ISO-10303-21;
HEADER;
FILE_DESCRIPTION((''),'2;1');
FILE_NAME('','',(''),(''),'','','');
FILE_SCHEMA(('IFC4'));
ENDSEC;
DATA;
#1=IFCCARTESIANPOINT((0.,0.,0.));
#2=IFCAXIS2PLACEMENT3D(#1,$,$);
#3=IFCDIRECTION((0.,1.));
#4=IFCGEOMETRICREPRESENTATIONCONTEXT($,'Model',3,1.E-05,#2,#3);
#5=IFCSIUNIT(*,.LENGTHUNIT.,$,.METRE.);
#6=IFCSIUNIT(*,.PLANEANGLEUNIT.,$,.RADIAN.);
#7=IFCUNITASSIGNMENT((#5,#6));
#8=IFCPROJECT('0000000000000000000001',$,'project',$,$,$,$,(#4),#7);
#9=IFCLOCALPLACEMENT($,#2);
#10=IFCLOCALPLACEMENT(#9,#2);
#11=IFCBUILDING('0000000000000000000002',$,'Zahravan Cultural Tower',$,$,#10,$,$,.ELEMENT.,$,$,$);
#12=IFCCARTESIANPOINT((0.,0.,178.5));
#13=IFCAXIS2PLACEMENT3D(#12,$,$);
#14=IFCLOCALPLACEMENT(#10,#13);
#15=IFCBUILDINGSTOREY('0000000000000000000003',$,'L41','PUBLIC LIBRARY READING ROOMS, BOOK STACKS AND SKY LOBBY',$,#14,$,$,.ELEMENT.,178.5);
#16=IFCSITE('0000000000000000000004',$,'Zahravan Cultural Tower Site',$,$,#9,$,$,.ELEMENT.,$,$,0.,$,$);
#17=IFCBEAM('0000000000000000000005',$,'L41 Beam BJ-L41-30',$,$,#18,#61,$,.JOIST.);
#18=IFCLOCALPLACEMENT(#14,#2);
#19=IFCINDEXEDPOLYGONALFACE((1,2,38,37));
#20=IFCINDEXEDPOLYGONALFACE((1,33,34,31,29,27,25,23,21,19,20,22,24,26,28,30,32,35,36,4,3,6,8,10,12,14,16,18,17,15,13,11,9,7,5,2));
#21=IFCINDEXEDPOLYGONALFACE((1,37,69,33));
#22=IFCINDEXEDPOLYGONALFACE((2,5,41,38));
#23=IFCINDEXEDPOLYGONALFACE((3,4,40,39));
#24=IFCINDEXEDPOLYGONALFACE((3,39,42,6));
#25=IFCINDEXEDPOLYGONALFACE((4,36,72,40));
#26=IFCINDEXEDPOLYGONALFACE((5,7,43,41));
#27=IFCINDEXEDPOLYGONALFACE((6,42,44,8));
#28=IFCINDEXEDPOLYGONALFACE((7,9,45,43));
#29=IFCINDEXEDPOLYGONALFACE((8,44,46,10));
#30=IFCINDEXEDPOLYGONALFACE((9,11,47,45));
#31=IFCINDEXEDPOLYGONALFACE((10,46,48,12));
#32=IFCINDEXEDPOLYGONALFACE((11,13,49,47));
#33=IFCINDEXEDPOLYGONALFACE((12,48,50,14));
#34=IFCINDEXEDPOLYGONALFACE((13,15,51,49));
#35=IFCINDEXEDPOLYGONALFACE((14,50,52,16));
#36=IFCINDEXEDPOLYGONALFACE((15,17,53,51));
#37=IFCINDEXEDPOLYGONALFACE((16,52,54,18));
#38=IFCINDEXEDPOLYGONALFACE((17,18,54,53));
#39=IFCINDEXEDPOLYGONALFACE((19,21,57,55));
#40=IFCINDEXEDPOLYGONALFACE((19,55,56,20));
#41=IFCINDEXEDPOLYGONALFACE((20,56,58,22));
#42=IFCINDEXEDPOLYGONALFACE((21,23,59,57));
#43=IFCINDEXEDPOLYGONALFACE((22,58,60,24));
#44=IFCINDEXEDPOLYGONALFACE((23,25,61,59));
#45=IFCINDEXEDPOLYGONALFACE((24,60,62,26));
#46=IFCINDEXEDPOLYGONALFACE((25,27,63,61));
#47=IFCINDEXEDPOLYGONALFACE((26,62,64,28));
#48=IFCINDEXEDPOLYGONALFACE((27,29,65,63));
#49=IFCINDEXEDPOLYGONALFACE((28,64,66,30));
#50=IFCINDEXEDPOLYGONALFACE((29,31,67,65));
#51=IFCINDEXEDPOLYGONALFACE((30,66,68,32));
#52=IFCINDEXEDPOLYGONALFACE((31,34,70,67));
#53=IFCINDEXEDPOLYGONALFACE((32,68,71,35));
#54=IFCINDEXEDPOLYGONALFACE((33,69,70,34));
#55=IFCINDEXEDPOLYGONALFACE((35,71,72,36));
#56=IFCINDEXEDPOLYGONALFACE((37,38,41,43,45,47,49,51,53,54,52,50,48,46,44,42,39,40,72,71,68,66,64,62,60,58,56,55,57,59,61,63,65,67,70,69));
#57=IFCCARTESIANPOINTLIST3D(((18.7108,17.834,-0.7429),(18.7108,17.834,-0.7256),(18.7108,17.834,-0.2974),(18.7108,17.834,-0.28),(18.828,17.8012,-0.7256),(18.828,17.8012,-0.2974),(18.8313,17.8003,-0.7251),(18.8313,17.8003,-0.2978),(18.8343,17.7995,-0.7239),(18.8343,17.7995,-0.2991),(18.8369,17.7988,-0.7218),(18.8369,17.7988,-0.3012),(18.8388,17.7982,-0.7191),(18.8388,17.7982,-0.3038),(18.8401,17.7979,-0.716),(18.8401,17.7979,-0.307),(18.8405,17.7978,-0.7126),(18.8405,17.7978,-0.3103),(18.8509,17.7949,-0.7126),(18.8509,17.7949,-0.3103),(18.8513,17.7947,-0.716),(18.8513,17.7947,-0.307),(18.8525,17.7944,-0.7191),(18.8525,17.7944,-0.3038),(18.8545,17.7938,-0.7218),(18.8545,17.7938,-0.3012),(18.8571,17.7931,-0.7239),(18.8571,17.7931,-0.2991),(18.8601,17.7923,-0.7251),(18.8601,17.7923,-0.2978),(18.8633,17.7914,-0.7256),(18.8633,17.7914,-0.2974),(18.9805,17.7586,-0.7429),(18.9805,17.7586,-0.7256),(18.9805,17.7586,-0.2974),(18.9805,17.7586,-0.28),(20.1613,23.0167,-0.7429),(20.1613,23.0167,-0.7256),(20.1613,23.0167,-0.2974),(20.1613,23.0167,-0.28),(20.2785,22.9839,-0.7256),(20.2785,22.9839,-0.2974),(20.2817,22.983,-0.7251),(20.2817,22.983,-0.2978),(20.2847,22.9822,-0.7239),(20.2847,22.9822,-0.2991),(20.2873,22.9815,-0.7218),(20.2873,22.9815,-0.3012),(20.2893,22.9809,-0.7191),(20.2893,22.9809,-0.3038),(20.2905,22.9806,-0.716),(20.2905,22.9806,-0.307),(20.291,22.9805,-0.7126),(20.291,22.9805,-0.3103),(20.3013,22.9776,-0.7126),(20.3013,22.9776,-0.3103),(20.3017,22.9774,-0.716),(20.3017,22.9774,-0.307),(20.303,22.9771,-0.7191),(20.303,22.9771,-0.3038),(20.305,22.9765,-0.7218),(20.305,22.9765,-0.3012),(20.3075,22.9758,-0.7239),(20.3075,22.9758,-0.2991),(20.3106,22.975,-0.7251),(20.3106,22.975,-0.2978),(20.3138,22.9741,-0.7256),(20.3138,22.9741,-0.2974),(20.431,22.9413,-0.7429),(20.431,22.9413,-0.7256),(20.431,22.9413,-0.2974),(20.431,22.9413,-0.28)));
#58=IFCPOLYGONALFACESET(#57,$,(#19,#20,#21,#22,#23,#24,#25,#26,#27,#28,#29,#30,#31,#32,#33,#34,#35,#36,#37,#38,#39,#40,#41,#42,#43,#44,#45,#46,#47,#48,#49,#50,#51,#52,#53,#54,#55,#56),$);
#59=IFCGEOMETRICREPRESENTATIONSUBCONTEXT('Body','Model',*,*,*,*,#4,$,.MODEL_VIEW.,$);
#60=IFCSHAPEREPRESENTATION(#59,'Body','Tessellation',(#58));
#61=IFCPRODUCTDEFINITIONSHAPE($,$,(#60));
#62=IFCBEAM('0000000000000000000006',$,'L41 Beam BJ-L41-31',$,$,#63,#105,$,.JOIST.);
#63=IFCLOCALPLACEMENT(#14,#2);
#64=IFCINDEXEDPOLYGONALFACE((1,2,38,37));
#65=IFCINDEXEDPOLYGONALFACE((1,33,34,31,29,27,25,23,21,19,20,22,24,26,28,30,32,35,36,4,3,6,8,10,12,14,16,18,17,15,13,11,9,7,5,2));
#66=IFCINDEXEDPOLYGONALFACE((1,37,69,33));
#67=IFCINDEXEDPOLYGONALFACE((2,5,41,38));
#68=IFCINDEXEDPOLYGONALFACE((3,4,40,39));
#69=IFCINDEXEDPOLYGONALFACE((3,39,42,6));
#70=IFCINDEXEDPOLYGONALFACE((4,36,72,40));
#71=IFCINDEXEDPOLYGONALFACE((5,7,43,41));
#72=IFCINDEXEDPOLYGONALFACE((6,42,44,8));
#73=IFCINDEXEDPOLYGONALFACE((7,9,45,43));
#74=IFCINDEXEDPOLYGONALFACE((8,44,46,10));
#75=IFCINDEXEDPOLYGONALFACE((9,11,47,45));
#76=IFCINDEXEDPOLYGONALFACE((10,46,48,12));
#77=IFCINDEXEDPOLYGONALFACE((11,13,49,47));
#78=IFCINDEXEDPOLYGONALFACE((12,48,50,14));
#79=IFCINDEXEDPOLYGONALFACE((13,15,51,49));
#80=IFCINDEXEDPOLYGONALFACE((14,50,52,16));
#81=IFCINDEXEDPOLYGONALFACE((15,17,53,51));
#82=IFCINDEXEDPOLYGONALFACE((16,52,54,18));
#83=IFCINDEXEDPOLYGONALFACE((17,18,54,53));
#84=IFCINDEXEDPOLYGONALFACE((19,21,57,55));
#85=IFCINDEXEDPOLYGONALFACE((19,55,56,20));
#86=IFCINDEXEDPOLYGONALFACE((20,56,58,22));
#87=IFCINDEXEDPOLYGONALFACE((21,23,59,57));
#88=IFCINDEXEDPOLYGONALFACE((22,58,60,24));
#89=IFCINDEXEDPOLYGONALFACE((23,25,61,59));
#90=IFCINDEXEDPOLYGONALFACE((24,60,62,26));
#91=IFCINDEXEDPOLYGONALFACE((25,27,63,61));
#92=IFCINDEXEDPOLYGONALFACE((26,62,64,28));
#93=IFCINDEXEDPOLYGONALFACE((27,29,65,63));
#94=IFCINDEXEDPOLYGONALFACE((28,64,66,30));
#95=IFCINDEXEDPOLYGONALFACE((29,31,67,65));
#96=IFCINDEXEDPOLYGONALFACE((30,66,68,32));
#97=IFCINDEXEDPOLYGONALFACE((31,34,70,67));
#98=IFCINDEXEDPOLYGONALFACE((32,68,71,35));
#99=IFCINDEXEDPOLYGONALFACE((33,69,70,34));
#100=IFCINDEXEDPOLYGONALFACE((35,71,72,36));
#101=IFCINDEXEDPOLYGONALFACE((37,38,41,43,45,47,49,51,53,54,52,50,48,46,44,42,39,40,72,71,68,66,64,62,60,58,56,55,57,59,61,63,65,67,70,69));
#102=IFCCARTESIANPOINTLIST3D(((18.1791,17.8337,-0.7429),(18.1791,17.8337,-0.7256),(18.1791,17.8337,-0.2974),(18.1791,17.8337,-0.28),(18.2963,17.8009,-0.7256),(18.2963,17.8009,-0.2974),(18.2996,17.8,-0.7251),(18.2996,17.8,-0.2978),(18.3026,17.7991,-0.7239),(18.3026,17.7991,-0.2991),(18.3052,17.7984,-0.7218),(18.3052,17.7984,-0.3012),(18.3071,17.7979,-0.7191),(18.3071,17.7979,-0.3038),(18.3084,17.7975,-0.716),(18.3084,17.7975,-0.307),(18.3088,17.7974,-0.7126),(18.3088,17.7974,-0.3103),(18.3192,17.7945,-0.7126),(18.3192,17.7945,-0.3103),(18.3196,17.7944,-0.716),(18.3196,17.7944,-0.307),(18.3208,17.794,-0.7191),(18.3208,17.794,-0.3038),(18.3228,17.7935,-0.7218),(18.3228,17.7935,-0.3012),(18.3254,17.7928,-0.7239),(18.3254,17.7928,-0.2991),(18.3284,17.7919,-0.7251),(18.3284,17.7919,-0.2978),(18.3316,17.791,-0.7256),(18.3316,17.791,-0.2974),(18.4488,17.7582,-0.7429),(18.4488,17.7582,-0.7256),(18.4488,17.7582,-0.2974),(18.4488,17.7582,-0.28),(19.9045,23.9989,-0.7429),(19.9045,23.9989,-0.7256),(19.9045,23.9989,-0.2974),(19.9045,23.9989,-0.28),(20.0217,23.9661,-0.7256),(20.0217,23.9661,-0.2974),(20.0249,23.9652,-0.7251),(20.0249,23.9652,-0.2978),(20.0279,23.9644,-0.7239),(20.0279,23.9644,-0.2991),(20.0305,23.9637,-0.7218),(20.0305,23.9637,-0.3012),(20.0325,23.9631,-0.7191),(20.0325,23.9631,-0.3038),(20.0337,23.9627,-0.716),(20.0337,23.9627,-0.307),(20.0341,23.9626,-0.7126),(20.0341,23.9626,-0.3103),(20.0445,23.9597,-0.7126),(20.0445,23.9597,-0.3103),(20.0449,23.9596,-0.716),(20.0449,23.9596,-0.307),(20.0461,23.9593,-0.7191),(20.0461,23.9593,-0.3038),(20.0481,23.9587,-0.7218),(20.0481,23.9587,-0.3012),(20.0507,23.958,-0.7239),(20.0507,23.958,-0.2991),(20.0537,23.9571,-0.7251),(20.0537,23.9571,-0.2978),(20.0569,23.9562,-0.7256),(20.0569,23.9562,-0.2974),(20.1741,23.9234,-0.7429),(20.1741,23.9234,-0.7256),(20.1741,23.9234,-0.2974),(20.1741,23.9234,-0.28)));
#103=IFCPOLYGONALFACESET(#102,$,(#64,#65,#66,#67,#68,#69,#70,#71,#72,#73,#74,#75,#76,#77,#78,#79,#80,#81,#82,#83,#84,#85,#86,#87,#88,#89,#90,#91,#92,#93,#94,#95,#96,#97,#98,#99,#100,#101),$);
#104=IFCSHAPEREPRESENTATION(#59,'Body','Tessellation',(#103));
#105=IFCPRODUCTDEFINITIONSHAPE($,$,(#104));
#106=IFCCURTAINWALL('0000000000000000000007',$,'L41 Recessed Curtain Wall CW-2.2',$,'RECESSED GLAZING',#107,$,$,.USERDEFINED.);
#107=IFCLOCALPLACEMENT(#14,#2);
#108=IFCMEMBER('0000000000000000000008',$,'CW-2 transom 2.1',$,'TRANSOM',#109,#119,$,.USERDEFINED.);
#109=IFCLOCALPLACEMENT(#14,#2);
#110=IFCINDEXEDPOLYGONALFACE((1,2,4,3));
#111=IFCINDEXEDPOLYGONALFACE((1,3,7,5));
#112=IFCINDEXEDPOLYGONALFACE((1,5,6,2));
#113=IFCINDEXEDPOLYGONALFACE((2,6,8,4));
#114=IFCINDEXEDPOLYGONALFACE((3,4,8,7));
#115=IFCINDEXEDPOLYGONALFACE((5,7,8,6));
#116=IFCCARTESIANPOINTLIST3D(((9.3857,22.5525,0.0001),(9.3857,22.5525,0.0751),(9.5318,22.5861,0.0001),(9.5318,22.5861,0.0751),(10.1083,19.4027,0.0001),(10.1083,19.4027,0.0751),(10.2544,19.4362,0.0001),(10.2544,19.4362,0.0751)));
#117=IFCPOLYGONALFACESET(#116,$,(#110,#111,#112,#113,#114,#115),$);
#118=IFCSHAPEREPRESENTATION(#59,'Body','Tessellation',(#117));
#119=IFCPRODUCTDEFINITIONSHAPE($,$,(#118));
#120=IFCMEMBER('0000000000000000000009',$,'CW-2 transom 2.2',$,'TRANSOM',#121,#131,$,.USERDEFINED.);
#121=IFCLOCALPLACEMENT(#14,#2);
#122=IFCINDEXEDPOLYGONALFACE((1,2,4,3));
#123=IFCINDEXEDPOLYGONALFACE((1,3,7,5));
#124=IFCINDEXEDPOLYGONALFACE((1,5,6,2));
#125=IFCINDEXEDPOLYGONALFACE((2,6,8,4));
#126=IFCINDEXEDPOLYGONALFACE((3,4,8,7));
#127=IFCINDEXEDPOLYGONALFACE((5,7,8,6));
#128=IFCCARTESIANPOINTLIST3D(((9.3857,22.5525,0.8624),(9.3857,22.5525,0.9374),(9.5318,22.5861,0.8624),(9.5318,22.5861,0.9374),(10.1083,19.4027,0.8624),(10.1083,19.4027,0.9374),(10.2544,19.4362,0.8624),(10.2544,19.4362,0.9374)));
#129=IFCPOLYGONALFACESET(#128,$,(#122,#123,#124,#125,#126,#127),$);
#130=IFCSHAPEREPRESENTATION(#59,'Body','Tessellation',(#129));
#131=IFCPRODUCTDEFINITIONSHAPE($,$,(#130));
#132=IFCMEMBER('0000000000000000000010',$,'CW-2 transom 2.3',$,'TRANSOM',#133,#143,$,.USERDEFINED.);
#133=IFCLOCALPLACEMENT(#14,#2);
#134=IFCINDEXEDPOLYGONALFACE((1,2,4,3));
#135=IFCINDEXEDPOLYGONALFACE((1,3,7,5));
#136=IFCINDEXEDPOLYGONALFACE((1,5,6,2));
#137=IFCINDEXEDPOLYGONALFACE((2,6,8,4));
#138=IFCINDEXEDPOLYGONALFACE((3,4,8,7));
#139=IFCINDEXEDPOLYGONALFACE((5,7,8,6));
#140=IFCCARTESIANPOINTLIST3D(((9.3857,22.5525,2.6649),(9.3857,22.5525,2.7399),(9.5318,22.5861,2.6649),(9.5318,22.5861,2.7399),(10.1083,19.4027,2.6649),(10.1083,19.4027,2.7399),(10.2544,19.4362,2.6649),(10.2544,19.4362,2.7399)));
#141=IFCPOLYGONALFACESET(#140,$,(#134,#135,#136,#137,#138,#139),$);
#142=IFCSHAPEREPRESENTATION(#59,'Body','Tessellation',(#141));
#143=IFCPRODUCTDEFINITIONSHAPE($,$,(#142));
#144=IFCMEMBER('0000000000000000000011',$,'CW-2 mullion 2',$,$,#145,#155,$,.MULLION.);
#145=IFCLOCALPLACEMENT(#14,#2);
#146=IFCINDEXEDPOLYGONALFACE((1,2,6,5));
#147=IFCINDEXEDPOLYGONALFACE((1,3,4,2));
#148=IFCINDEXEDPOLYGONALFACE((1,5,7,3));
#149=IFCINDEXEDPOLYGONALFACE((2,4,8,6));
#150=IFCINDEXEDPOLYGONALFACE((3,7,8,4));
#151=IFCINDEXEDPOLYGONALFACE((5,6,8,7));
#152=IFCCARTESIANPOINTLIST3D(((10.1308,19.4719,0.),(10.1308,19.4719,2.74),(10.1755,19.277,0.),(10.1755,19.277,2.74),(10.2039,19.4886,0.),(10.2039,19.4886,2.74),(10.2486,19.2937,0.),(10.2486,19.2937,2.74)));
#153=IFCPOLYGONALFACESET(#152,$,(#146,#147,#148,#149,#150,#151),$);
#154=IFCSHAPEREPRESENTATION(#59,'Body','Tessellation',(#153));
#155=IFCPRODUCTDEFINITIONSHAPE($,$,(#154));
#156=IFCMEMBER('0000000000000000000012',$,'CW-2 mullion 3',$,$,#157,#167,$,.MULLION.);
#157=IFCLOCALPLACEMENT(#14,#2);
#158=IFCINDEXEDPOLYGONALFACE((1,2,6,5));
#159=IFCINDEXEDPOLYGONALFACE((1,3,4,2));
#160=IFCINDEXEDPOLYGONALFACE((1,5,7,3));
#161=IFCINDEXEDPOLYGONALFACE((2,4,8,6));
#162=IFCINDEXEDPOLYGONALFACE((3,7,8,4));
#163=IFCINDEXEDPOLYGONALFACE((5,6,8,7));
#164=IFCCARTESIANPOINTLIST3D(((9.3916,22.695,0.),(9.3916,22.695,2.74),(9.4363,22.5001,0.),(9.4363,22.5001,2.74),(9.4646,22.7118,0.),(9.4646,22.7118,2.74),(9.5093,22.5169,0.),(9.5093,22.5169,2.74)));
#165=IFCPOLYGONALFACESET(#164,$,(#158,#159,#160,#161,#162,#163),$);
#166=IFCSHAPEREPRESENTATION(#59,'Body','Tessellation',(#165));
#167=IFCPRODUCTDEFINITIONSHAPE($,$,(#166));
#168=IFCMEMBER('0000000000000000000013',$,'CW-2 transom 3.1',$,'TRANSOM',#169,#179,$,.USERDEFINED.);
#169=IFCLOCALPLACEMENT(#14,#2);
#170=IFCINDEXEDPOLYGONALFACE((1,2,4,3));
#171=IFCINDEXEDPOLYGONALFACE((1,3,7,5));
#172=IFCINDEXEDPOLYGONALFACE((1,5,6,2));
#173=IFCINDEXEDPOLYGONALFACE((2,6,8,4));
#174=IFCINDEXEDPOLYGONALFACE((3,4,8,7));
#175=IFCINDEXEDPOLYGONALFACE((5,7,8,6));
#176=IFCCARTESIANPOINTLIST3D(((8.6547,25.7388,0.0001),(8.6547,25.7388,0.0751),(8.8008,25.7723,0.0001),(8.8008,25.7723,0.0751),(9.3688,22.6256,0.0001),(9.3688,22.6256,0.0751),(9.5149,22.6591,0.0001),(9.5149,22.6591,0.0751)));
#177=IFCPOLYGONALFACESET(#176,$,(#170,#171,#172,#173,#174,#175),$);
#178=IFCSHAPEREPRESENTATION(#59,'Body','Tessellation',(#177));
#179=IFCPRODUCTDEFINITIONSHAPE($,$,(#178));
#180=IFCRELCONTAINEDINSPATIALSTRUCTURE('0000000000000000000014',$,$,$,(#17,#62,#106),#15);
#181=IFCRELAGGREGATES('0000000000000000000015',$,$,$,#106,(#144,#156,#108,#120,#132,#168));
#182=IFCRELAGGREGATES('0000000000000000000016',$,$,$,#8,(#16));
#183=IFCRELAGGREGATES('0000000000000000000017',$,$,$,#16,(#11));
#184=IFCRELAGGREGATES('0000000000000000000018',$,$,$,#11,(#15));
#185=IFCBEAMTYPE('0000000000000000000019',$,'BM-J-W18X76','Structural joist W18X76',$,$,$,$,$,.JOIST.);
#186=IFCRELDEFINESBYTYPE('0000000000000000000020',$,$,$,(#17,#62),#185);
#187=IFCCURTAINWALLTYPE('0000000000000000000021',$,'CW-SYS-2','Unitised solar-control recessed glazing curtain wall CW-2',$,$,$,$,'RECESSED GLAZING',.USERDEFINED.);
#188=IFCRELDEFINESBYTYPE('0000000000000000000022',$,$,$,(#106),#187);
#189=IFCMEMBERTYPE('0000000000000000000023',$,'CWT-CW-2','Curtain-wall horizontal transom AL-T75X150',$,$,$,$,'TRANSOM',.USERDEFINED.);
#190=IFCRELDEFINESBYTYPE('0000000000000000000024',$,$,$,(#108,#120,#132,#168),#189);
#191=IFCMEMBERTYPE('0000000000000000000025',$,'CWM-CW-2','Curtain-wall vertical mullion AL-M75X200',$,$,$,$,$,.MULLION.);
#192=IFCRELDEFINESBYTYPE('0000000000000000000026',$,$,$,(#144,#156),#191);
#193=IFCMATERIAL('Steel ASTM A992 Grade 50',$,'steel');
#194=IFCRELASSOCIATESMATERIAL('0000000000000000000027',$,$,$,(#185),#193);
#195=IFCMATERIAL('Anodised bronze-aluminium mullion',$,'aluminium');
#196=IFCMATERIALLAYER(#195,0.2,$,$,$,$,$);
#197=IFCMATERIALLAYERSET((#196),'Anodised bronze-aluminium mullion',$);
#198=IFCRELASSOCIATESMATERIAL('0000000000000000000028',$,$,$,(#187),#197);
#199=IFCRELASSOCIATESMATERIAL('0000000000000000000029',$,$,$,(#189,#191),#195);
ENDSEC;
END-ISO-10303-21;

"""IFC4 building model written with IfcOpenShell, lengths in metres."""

from ifc_helpers import new_model, si_unit, direction, frame, origin, origin_2d, place, context, subcontext, project, spatial, rectangle, i_section, extrude, source, transform, mapped, material, layer, layer_set, material_profile, profile_set, type_object, element, aggregate, save


model = new_model("IFC4")

# Units and contexts
model_context = context("Model", 3, precision=1e-05, world=origin(), true_north=direction((0.0, 1.0)))
body_context = subcontext(model_context, "Body", "Model", "MODEL_VIEW")
ifc_project = project(units=[si_unit("LENGTHUNIT", "METRE"), si_unit("PLANEANGLEUNIT", "RADIAN")], contexts=[model_context])

# Site, building, storey
site_placement = place(None, origin())
site = spatial("IfcSite", under=ifc_project, at=site_placement, Name="Zahravan Cultural Tower Site", CompositionType="ELEMENT", RefElevation=0.0)
building_placement = place(site_placement, origin())
building = spatial("IfcBuilding", under=site, at=building_placement, Name="Zahravan Cultural Tower", CompositionType="ELEMENT")
storey_placement = place(building_placement, frame((0.0, 0.0, 178.5)))
storey = spatial("IfcBuildingStorey", under=building, at=storey_placement, Name="L41", Description="PUBLIC LIBRARY READING ROOMS, BOOK STACKS AND SKY LOBBY", CompositionType="ELEMENT", Elevation=178.5)

# Shared definitions
ifc_material_1 = material(Name="Steel ASTM A992 Grade 50", Category="steel")

# Beams
ifc_material_profile_1 = material_profile(ifc_material_1, i_section(OverallWidth=0.28, OverallDepth=0.4629, WebThickness=0.0107, FlangeThickness=0.0173, FilletRadius=0.0129, at=origin_2d()), Name="W18X76")
ifc_profile_set_1 = profile_set([ifc_material_profile_1], Name="Steel ASTM A992 Grade 50")
beam_type_1 = type_object("IfcBeamType", Name="BM-J-W18X76", Description="Structural joist W18X76", PredefinedType="JOIST", material=ifc_profile_set_1)
shared_shape_1 = source(origin(), body_context, "Body", "SweptSolid", [
    extrude(i_section(OverallWidth=0.28, OverallDepth=0.4629, WebThickness=0.0107, FlangeThickness=0.0173, FilletRadius=0.0129, at=origin_2d()), origin(), (0.0, 0.0, 1.0), 5.3818),
])
beam_1_placement = place(storey_placement, frame((20.2961, 22.979, -0.5115), z_axis=(-0.26951, -0.962997, 0.0), x_axis=(0.962997, -0.26951, 0.0)))
element("IfcBeam", 1, at=beam_1_placement, inside=storey, type_object=beam_type_1, Name="L41 Beam BJ-L41-30", PredefinedType="JOIST", context=body_context, shape_type="MappedRepresentation", body=[
    mapped(shared_shape_1, transform((0.0, 0.0, 0.0), x_axis=(1.0, 0.0, 0.0), y_axis=(0.0, 1.0, 0.0), z_axis=(0.0, 0.0, 1.0), scale=1.0)),
])
shared_shape_2 = source(origin(), body_context, "Body", "SweptSolid", [
    extrude(i_section(OverallWidth=0.28, OverallDepth=0.4629, WebThickness=0.0107, FlangeThickness=0.0173, FilletRadius=0.0129, at=origin_2d()), origin(), (0.0, 0.0, 1.0), 6.4021),
])
beam_2_placement = place(storey_placement, frame((20.0393, 23.9612, -0.5115), z_axis=(-0.269494, -0.963002, 0.0), x_axis=(0.963002, -0.269494, 0.0)))
element("IfcBeam", 2, at=beam_2_placement, inside=storey, type_object=beam_type_1, Name="L41 Beam BJ-L41-31", PredefinedType="JOIST", context=body_context, shape_type="MappedRepresentation", body=[
    mapped(shared_shape_2, transform((0.0, 0.0, 0.0), x_axis=(1.0, 0.0, 0.0), y_axis=(0.0, 1.0, 0.0), z_axis=(0.0, 0.0, 1.0), scale=1.0)),
])

# Curtain wall, members
ifc_material_2 = material(Name="Anodised bronze-aluminium mullion", Category="aluminium")
ifc_layer_1 = layer(ifc_material_2, 0.2)
ifc_layer_set_1 = layer_set([ifc_layer_1], Name="Anodised bronze-aluminium mullion")
curtain_wall_type = type_object("IfcCurtainWallType", Name="CW-SYS-2", Description="Unitised solar-control recessed glazing curtain wall CW-2", ElementType="RECESSED GLAZING", PredefinedType="USERDEFINED", material=ifc_layer_set_1)
curtain_wall_placement = place(storey_placement, origin())
curtain_wall = element("IfcCurtainWall", 3, at=curtain_wall_placement, inside=storey, type_object=curtain_wall_type, Name="L41 Recessed Curtain Wall CW-2.2", ObjectType="RECESSED GLAZING", PredefinedType="USERDEFINED")
ifc_material_profile_2 = material_profile(ifc_material_2, rectangle(XDim=0.1499, YDim=0.075, at=origin_2d()), Name="AL-T75X150")
ifc_profile_set_2 = profile_set([ifc_material_profile_2], Name="Anodised bronze-aluminium mullion")
member_type_1 = type_object("IfcMemberType", Name="CWT-CW-2", Description="Curtain-wall horizontal transom AL-T75X150", ElementType="TRANSOM", PredefinedType="USERDEFINED", material=ifc_profile_set_2)
shared_shape_3 = source(origin(), body_context, "Body", "SweptSolid", [
    extrude(rectangle(XDim=0.1499, YDim=0.075, at=origin_2d()), origin(), (0.0, 0.0, 1.0), 3.2317),
])
member_1_placement = place(storey_placement, frame((10.1814, 19.4194, 0.0376), z_axis=(-0.223612, 0.974678, 0.0), x_axis=(-0.974678, -0.223612, 0.0)))
member_1 = element("IfcMember", 4, at=member_1_placement, type_object=member_type_1, Name="CW-2 transom 2.1", ObjectType="TRANSOM", PredefinedType="USERDEFINED", context=body_context, shape_type="MappedRepresentation", body=[
    mapped(shared_shape_3, transform((0.0, 0.0, 0.0), x_axis=(1.0, 0.0, 0.0), y_axis=(0.0, 1.0, 0.0), z_axis=(0.0, 0.0, 1.0), scale=1.0)),
])
member_2_placement = place(storey_placement, frame((10.1814, 19.4194, 0.8999), z_axis=(-0.223612, 0.974678, 0.0), x_axis=(-0.974678, -0.223612, 0.0)))
member_2 = element("IfcMember", 5, at=member_2_placement, type_object=member_type_1, Name="CW-2 transom 2.2", ObjectType="TRANSOM", PredefinedType="USERDEFINED", context=body_context, shape_type="MappedRepresentation", body=[
    mapped(shared_shape_3, transform((0.0, 0.0, 0.0), x_axis=(1.0, 0.0, 0.0), y_axis=(0.0, 1.0, 0.0), z_axis=(0.0, 0.0, 1.0), scale=1.0)),
])
member_3_placement = place(storey_placement, frame((10.1814, 19.4194, 2.7024), z_axis=(-0.223612, 0.974678, 0.0), x_axis=(-0.974678, -0.223612, 0.0)))
member_3 = element("IfcMember", 6, at=member_3_placement, type_object=member_type_1, Name="CW-2 transom 2.3", ObjectType="TRANSOM", PredefinedType="USERDEFINED", context=body_context, shape_type="MappedRepresentation", body=[
    mapped(shared_shape_3, transform((0.0, 0.0, 0.0), x_axis=(1.0, 0.0, 0.0), y_axis=(0.0, 1.0, 0.0), z_axis=(0.0, 0.0, 1.0), scale=1.0)),
])
ifc_material_profile_3 = material_profile(ifc_material_2, rectangle(XDim=0.075, YDim=0.2, at=origin_2d()), Name="AL-M75X200")
ifc_profile_set_3 = profile_set([ifc_material_profile_3], Name="Anodised bronze-aluminium mullion")
member_type_2 = type_object("IfcMemberType", Name="CWM-CW-2", Description="Curtain-wall vertical mullion AL-M75X200", PredefinedType="MULLION", material=ifc_profile_set_3)
shared_shape_4 = source(origin(), body_context, "Body", "SweptSolid", [
    extrude(rectangle(XDim=0.075, YDim=0.2, at=origin_2d()), origin(), (0.0, 0.0, 1.0), 2.74),
])
member_4_placement = place(storey_placement, frame((10.1897, 19.3828, 0.0), z_axis=(0.0, 0.0, 1.0), x_axis=(-0.974681, -0.2236, 0.0)))
member_4 = element("IfcMember", 7, at=member_4_placement, type_object=member_type_2, Name="CW-2 mullion 2", PredefinedType="MULLION", context=body_context, shape_type="MappedRepresentation", body=[
    mapped(shared_shape_4, transform((0.0, 0.0, 0.0), x_axis=(1.0, 0.0, 0.0), y_axis=(0.0, 1.0, 0.0), z_axis=(0.0, 0.0, 1.0), scale=1.0)),
])
member_5_placement = place(storey_placement, frame((9.4504, 22.606, 0.0), z_axis=(0.0, 0.0, 1.0), x_axis=(-0.974681, -0.2236, 0.0)))
member_5 = element("IfcMember", 8, at=member_5_placement, type_object=member_type_2, Name="CW-2 mullion 3", PredefinedType="MULLION", context=body_context, shape_type="MappedRepresentation", body=[
    mapped(shared_shape_4, transform((0.0, 0.0, 0.0), x_axis=(1.0, 0.0, 0.0), y_axis=(0.0, 1.0, 0.0), z_axis=(0.0, 0.0, 1.0), scale=1.0)),
])
shared_shape_5 = source(origin(), body_context, "Body", "SweptSolid", [
    extrude(rectangle(XDim=0.1499, YDim=0.075, at=origin_2d()), origin(), (0.0, 0.0, 1.0), 3.1941),
])
member_6_placement = place(storey_placement, frame((9.4419, 22.6423, 0.0376), z_axis=(-0.22357, 0.974688, 0.0), x_axis=(-0.974688, -0.22357, 0.0)))
member_6 = element("IfcMember", 9, at=member_6_placement, type_object=member_type_1, Name="CW-2 transom 3.1", ObjectType="TRANSOM", PredefinedType="USERDEFINED", context=body_context, shape_type="MappedRepresentation", body=[
    mapped(shared_shape_5, transform((0.0, 0.0, 0.0), x_axis=(1.0, 0.0, 0.0), y_axis=(0.0, 1.0, 0.0), z_axis=(0.0, 0.0, 1.0), scale=1.0)),
])
aggregate(curtain_wall, [member_4, member_5, member_1, member_2, member_3, member_6])

save(model, "model.ifc")
